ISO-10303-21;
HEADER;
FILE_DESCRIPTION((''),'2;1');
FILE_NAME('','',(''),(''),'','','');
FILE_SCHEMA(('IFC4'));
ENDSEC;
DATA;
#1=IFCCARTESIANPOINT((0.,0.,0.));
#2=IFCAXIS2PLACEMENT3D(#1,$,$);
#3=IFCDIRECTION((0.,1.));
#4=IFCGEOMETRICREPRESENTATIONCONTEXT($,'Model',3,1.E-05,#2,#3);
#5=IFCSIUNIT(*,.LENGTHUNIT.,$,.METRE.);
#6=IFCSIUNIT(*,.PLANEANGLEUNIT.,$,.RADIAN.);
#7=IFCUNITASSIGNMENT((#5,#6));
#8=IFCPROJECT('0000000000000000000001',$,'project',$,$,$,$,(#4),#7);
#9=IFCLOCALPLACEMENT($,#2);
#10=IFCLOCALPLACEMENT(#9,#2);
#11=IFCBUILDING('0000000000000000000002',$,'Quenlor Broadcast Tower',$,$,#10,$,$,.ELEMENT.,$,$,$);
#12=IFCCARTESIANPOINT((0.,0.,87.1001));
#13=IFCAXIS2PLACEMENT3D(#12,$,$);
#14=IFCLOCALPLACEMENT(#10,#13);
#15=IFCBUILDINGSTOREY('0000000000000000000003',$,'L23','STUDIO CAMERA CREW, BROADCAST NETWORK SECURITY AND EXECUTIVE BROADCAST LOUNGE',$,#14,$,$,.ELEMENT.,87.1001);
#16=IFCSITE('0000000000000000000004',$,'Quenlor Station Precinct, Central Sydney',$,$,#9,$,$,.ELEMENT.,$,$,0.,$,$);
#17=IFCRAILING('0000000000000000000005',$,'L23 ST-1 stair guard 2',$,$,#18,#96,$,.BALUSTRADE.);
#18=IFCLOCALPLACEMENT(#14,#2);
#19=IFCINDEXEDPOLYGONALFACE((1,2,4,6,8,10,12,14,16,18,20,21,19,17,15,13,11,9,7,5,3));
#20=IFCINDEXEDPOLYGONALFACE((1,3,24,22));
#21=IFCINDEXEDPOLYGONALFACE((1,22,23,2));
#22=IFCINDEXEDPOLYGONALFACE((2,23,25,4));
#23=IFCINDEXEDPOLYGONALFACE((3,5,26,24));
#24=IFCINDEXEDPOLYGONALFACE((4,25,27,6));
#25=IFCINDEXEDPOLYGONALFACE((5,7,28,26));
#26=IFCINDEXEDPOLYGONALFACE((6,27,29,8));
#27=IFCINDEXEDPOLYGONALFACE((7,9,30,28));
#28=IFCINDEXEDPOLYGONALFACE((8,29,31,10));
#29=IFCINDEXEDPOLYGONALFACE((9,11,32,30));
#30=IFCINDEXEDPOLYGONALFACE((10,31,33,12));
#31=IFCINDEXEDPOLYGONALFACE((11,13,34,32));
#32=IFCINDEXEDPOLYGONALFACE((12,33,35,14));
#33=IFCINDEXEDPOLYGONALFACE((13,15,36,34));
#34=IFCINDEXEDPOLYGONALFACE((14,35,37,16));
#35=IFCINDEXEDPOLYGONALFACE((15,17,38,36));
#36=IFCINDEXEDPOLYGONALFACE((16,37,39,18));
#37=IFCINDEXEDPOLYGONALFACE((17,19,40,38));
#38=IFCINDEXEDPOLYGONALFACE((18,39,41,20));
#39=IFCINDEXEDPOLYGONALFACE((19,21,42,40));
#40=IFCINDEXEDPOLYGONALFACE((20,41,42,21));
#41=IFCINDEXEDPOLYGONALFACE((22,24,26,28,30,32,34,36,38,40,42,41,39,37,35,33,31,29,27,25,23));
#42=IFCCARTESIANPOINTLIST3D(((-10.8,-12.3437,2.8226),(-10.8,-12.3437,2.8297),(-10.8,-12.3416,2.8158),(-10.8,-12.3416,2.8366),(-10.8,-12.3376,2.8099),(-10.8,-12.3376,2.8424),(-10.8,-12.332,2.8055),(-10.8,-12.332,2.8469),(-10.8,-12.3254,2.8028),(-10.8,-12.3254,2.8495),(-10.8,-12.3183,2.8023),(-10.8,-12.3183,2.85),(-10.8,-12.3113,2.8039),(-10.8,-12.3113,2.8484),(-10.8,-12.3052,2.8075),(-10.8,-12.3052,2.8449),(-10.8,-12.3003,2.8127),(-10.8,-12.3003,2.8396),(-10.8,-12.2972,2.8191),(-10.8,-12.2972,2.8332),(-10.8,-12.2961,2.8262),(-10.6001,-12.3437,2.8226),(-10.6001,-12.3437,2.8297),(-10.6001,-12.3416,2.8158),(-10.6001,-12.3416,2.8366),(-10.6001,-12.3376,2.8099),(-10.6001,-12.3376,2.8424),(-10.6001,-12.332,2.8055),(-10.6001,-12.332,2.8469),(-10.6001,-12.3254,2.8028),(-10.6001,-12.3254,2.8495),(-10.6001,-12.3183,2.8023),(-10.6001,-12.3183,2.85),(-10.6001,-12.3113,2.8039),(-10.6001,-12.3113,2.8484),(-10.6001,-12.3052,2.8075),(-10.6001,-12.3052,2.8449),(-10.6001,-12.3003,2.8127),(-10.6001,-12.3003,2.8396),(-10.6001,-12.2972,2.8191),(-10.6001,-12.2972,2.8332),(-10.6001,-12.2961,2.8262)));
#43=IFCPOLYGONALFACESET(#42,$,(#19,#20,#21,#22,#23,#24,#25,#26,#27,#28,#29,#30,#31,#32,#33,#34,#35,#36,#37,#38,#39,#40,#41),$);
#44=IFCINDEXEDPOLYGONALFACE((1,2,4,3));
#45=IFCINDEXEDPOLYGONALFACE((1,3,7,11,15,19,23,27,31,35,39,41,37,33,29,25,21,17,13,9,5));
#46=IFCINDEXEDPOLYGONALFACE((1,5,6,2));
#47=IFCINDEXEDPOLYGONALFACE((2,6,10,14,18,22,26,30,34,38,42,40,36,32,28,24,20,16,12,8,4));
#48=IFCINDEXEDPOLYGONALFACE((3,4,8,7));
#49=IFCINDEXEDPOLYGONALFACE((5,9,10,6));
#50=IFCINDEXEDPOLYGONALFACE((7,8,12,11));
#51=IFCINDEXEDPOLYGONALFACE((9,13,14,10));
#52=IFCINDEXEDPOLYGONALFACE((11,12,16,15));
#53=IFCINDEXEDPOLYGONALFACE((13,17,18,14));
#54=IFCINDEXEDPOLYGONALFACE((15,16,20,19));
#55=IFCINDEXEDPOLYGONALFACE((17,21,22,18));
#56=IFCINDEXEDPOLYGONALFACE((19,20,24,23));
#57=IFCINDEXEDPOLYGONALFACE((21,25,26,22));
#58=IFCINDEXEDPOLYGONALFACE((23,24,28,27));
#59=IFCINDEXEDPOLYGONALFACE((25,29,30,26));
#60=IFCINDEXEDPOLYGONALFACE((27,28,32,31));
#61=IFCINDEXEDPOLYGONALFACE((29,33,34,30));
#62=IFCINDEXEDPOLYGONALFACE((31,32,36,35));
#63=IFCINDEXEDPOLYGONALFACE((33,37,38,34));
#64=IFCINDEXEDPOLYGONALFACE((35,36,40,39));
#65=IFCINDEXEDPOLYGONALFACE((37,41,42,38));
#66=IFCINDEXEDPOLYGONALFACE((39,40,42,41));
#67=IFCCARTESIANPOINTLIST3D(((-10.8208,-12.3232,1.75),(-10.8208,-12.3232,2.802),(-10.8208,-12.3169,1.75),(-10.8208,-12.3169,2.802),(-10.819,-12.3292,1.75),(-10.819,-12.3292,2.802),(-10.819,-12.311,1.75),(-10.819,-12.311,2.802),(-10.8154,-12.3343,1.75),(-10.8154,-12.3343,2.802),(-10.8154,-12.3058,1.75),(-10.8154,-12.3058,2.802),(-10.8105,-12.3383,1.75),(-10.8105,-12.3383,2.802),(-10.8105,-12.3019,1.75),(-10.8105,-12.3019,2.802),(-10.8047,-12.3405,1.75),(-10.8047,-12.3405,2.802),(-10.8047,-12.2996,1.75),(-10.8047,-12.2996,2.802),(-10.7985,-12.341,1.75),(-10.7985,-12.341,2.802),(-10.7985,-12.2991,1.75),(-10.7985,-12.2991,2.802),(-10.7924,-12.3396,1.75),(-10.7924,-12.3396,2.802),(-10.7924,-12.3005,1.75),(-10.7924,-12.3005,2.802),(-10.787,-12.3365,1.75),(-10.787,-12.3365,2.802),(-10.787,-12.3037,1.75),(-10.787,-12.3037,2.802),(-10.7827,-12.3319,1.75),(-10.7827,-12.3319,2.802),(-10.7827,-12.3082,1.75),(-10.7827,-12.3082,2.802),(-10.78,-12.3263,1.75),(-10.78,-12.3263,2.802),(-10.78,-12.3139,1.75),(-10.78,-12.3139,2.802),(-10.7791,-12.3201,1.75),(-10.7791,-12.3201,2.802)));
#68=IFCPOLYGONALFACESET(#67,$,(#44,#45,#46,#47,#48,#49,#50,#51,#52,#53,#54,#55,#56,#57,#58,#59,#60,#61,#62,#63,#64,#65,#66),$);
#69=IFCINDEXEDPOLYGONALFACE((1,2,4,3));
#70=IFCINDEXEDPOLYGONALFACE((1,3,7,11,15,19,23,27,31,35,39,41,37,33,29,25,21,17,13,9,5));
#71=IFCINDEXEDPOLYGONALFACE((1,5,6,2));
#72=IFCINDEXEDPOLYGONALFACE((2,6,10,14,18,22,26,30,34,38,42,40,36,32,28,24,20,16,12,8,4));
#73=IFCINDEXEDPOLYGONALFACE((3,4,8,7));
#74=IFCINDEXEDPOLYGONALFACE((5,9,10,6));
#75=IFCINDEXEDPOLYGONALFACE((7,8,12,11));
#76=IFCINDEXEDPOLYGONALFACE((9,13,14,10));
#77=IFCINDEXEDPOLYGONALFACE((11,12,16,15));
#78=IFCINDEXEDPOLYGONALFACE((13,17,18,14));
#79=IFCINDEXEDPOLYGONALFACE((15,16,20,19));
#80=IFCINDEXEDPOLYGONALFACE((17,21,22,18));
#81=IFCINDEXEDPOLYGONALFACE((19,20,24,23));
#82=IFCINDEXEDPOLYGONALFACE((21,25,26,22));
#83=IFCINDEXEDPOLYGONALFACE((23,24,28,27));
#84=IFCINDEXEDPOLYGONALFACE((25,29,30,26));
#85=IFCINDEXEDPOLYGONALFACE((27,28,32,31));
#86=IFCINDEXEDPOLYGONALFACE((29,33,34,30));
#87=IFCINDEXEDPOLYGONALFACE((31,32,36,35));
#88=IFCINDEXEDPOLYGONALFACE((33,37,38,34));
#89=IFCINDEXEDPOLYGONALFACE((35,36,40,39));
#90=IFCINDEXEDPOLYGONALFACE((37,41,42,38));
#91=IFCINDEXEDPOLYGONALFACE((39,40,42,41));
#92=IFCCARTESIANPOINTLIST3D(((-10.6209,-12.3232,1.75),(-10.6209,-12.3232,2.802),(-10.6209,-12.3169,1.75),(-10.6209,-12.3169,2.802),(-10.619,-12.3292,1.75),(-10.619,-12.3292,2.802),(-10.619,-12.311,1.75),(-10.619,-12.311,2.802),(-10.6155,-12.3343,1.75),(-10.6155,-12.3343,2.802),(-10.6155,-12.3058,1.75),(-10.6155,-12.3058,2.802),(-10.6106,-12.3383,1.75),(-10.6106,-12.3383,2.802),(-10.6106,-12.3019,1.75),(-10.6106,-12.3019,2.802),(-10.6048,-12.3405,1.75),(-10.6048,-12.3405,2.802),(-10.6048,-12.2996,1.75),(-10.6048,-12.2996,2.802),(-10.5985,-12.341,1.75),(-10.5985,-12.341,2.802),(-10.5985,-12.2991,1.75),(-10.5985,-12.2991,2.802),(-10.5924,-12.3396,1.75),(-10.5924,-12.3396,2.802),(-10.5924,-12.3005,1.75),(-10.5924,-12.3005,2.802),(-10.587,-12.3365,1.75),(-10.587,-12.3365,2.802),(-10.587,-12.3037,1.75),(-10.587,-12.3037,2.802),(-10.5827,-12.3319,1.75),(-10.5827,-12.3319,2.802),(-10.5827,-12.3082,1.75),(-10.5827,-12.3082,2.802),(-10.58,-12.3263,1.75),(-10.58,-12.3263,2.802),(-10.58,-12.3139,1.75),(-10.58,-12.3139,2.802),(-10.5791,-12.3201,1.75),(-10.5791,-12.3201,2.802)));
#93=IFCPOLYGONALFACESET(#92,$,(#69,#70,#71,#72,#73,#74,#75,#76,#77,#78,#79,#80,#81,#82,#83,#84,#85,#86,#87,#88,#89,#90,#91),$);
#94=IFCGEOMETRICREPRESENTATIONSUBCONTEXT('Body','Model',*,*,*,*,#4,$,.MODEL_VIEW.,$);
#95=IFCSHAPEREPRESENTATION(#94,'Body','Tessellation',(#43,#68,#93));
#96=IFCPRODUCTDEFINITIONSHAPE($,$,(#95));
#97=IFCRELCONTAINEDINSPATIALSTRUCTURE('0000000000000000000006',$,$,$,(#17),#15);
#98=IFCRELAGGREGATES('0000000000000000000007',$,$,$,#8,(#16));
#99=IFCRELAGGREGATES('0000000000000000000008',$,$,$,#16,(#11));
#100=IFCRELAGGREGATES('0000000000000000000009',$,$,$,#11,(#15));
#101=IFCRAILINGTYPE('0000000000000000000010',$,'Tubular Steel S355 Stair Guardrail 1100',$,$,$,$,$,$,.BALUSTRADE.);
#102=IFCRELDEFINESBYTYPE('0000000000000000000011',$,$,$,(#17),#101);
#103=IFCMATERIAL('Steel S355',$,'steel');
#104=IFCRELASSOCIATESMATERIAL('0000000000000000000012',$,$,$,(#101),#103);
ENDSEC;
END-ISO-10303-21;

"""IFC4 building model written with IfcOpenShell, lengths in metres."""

from ifc_helpers import new_model, si_unit, direction, frame, origin, origin_2d, place, context, subcontext, project, spatial, circle, extrude, material, type_object, element, save


model = new_model("IFC4")

# Units and contexts
model_context = context("Model", 3, precision=1e-05, world=origin(), true_north=direction((0.0, 1.0)))
body_context = subcontext(model_context, "Body", "Model", "MODEL_VIEW")
ifc_project = project(units=[si_unit("LENGTHUNIT", "METRE"), si_unit("PLANEANGLEUNIT", "RADIAN")], contexts=[model_context])

# Site, building, storey
site_placement = place(None, origin())
site = spatial("IfcSite", under=ifc_project, at=site_placement, Name="Quenlor Station Precinct, Central Sydney", CompositionType="ELEMENT", RefElevation=0.0)
building_placement = place(site_placement, origin())
building = spatial("IfcBuilding", under=site, at=building_placement, Name="Quenlor Broadcast Tower", CompositionType="ELEMENT")
storey_placement = place(building_placement, frame((0.0, 0.0, 87.1001)))
storey = spatial("IfcBuildingStorey", under=building, at=storey_placement, Name="L23", Description="STUDIO CAMERA CREW, BROADCAST NETWORK SECURITY AND EXECUTIVE BROADCAST LOUNGE", CompositionType="ELEMENT", Elevation=87.1001)

# Railing
ifc_material_1 = material(Name="Steel S355", Category="steel")
railing_type_1 = type_object("IfcRailingType", Name="Tubular Steel S355 Stair Guardrail 1100", PredefinedType="BALUSTRADE", material=ifc_material_1)
railing_1_placement = place(storey_placement, frame((-10.8, -12.3201, 1.75)))
element("IfcRailing", 1, at=railing_1_placement, inside=storey, type_object=railing_type_1, Name="L23 ST-1 stair guard 2", PredefinedType="BALUSTRADE", context=body_context, shape_type="SweptSolid", body=[
    extrude(circle(Radius=0.0239, at=origin_2d()), frame((0.0, 0.0, 1.0762), z_axis=(1.0, 0.0, 0.0), x_axis=(0.0, 1.0, 0.0)), (0.0, 0.0, 1.0), 0.2),
    extrude(circle(Radius=0.021, at=origin_2d()), origin(), (0.0, 0.0, 1.0), 1.052),
    extrude(circle(Radius=0.021, at=origin_2d()), frame((0.2, 0.0, 0.0)), (0.0, 0.0, 1.0), 1.052),
])

save(model, "model.ifc")
